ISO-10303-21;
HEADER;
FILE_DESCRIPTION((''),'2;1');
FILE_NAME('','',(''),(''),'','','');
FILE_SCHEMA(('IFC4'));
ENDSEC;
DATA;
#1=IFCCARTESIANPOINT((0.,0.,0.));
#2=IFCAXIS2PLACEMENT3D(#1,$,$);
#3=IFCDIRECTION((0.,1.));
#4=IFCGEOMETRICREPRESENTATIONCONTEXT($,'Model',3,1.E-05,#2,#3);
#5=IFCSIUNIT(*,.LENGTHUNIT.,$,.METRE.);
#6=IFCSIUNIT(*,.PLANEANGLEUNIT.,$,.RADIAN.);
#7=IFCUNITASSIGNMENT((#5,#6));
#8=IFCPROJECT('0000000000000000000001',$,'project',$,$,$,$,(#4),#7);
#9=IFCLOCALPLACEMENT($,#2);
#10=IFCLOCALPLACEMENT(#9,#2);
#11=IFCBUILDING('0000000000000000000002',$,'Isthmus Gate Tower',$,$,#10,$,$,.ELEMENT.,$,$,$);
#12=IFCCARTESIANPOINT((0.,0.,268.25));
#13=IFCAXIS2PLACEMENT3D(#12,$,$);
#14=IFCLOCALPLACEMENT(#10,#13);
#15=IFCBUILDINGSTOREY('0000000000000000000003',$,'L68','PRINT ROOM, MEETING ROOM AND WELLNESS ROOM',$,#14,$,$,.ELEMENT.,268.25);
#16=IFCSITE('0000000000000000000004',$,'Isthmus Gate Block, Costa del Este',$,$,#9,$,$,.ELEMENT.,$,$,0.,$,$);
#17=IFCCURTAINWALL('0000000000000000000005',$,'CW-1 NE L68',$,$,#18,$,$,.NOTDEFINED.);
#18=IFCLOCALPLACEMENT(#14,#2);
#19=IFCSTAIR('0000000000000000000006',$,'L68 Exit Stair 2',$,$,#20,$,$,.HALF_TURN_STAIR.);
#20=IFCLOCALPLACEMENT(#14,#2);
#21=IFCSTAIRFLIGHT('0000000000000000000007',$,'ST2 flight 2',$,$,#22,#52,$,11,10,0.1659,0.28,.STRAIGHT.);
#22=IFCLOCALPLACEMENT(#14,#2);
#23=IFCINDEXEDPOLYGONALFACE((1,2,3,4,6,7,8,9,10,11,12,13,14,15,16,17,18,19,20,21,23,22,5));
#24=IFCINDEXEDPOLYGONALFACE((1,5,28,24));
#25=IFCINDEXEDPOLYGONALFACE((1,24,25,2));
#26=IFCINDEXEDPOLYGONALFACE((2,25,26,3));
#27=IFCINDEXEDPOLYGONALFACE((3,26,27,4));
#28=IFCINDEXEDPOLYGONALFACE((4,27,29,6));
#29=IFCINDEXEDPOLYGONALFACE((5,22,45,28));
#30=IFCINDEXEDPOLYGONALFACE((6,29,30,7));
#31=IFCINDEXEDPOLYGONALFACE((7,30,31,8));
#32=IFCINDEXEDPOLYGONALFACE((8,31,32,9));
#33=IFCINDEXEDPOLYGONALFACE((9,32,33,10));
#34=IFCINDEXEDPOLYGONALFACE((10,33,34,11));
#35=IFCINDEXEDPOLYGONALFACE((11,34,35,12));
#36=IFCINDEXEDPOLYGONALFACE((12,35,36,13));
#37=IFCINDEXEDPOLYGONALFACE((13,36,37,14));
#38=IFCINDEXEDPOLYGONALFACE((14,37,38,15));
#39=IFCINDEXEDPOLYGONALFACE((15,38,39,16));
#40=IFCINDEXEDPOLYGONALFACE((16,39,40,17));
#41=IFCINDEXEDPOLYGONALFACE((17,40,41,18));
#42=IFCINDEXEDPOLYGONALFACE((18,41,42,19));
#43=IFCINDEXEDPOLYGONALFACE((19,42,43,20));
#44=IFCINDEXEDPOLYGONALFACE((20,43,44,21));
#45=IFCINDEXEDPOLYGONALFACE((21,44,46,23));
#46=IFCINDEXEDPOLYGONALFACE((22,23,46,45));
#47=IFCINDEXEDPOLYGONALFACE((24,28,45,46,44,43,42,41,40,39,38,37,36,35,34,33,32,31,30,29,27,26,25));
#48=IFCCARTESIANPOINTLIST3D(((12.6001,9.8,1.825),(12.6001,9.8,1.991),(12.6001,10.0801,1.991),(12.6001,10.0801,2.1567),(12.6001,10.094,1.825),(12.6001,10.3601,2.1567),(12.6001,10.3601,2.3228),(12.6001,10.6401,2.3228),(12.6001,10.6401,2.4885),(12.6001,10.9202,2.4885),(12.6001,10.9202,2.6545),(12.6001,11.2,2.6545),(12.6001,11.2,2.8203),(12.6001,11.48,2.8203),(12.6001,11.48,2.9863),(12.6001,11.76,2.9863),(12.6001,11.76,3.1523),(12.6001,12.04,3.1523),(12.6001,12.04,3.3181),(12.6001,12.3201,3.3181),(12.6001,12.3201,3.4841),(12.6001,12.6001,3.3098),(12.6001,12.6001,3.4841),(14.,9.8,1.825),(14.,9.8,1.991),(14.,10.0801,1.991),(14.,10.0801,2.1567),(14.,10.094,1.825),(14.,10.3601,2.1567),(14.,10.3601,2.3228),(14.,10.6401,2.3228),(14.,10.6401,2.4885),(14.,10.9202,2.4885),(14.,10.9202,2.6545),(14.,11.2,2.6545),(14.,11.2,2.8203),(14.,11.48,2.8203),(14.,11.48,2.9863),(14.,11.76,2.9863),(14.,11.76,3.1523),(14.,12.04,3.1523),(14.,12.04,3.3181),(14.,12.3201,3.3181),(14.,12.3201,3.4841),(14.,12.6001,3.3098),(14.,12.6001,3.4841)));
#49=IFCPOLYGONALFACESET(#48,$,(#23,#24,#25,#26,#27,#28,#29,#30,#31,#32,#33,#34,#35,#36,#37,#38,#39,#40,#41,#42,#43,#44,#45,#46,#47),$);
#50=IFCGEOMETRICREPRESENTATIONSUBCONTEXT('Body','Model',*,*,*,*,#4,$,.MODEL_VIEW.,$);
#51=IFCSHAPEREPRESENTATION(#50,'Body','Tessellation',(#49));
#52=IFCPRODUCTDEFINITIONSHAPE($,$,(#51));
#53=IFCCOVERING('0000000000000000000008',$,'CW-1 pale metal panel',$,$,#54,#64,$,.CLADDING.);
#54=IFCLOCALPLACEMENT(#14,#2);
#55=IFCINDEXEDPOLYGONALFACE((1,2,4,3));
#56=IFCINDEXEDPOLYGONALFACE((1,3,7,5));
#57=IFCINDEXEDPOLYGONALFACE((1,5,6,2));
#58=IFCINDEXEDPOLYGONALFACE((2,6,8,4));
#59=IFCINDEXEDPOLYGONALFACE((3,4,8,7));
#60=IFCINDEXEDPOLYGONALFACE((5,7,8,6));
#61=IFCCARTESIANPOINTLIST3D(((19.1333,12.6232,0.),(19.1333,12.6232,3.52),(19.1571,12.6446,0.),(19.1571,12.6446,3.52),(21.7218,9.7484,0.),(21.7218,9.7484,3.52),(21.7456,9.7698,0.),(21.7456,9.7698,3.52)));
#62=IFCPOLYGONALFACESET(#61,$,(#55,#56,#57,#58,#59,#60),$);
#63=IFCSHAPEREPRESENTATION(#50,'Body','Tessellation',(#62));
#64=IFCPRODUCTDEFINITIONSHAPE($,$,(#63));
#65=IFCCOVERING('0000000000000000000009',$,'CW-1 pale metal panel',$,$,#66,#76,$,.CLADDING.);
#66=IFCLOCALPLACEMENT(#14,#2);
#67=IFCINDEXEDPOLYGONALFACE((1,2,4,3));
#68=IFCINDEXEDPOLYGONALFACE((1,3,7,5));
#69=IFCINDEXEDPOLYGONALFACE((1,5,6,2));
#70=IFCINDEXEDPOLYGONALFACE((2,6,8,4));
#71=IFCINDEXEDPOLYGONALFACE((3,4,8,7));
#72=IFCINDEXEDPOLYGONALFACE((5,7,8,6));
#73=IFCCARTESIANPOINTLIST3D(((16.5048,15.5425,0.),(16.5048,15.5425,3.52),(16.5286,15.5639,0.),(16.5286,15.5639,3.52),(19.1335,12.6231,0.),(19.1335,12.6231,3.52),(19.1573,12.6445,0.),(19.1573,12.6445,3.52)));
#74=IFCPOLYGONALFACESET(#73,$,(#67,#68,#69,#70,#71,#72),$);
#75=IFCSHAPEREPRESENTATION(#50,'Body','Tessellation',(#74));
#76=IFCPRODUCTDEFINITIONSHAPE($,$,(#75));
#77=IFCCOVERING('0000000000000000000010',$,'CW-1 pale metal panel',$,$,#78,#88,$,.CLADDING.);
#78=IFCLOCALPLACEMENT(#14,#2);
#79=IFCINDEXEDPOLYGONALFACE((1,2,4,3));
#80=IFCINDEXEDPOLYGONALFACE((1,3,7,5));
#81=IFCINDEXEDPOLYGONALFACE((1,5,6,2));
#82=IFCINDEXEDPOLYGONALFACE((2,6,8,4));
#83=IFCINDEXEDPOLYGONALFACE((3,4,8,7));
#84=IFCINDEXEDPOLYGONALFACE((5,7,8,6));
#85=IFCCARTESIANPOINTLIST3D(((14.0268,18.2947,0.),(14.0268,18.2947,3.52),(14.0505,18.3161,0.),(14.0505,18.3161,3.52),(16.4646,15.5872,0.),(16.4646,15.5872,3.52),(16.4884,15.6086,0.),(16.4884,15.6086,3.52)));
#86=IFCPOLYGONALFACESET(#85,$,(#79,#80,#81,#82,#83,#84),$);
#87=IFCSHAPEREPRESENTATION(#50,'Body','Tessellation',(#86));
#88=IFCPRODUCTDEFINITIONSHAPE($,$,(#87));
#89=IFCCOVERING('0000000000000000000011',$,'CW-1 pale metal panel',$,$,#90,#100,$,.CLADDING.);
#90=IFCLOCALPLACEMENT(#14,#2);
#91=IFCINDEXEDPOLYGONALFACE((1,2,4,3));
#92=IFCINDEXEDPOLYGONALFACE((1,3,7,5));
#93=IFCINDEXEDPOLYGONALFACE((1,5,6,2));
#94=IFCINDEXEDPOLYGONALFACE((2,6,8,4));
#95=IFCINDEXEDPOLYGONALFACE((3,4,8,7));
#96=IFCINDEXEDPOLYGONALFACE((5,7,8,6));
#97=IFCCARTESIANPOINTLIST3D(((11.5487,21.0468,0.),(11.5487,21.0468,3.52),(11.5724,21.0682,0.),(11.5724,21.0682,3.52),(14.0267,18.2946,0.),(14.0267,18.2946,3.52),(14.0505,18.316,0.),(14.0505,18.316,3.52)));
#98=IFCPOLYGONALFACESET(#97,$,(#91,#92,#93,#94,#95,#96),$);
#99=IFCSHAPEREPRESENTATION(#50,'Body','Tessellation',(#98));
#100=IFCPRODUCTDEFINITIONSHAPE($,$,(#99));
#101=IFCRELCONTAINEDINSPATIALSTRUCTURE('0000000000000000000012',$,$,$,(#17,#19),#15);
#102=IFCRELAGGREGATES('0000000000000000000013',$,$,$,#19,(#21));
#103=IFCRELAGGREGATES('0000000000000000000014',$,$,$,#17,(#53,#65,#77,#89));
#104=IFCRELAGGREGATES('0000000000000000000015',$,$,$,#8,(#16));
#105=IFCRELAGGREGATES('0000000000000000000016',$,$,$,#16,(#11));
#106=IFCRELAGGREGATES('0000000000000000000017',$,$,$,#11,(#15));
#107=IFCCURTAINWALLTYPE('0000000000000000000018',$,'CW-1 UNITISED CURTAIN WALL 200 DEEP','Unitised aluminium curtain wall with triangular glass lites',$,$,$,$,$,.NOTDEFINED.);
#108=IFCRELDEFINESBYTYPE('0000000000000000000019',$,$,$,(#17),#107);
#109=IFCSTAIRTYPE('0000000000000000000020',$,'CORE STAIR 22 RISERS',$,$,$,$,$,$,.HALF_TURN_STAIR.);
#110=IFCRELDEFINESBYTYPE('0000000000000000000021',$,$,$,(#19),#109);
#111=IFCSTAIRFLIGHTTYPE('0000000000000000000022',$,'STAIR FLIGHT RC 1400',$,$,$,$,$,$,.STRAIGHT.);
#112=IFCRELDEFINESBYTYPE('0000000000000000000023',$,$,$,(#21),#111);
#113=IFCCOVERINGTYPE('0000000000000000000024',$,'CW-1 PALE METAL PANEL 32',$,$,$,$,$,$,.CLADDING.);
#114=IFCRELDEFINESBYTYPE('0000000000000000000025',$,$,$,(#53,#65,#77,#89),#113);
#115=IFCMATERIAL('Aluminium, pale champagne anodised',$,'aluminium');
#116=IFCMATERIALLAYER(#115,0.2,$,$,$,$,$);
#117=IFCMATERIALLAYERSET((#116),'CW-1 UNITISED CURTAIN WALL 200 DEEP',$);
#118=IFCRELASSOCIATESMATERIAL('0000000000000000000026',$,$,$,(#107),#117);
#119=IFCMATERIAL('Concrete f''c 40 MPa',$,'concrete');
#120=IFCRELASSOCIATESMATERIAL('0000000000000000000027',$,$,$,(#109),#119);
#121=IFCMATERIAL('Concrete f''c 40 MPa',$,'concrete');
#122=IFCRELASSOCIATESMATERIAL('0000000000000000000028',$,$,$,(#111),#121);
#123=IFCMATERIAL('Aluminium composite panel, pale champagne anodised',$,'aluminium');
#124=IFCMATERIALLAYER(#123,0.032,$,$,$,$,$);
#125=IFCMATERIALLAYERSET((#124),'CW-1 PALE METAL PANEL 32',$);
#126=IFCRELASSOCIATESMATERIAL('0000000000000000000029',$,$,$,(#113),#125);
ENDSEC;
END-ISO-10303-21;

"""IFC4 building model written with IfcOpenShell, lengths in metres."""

from ifc_helpers import new_model, si_unit, direction, frame, origin, origin_2d, place, context, subcontext, project, spatial, polyline, rectangle, outline, extrude, material, layer, layer_set, type_object, element, aggregate, save


model = new_model("IFC4")

# Units and contexts
model_context = context("Model", 3, precision=1e-05, world=origin(), true_north=direction((0.0, 1.0)))
body_context = subcontext(model_context, "Body", "Model", "MODEL_VIEW")
ifc_project = project(units=[si_unit("LENGTHUNIT", "METRE"), si_unit("PLANEANGLEUNIT", "RADIAN")], contexts=[model_context])

# Site, building, storey
site_placement = place(None, origin())
site = spatial("IfcSite", under=ifc_project, at=site_placement, Name="Isthmus Gate Block, Costa del Este", CompositionType="ELEMENT", RefElevation=0.0)
building_placement = place(site_placement, origin())
building = spatial("IfcBuilding", under=site, at=building_placement, Name="Isthmus Gate Tower", CompositionType="ELEMENT")
storey_placement = place(building_placement, frame((0.0, 0.0, 268.25)))
storey = spatial("IfcBuildingStorey", under=building, at=storey_placement, Name="L68", Description="PRINT ROOM, MEETING ROOM AND WELLNESS ROOM", CompositionType="ELEMENT", Elevation=268.25)

# Curtain wall
ifc_material_1 = material(Name="Aluminium, pale champagne anodised", Category="aluminium")
ifc_layer_1 = layer(ifc_material_1, 0.2)
ifc_layer_set_1 = layer_set([ifc_layer_1], Name="CW-1 UNITISED CURTAIN WALL 200 DEEP")
curtain_wall_type = type_object("IfcCurtainWallType", Name="CW-1 UNITISED CURTAIN WALL 200 DEEP", Description="Unitised aluminium curtain wall with triangular glass lites", PredefinedType="NOTDEFINED", material=ifc_layer_set_1)
curtain_wall_placement = place(storey_placement, origin())
curtain_wall = element("IfcCurtainWall", 1, at=curtain_wall_placement, inside=storey, type_object=curtain_wall_type, Name="CW-1 NE L68", PredefinedType="NOTDEFINED")

# Stair, stair flight
ifc_material_2 = material(Name="Concrete f'c 40 MPa", Category="concrete")
stair_type = type_object("IfcStairType", Name="CORE STAIR 22 RISERS", PredefinedType="HALF_TURN_STAIR", material=ifc_material_2)
stair_placement = place(storey_placement, origin())
stair = element("IfcStair", 2, at=stair_placement, inside=storey, type_object=stair_type, Name="L68 Exit Stair 2", PredefinedType="HALF_TURN_STAIR")
ifc_material_3 = material(Name="Concrete f'c 40 MPa", Category="concrete")
stair_flight_type = type_object("IfcStairFlightType", Name="STAIR FLIGHT RC 1400", PredefinedType="STRAIGHT", material=ifc_material_3)
stair_flight_placement = place(storey_placement, frame((13.3, 9.8, 1.825), z_axis=(0.0, 0.0, 1.0), x_axis=(0.0, 1.0, 0.0)))
stair_flight = element("IfcStairFlight", 3, at=stair_flight_placement, type_object=stair_flight_type, Name="ST2 flight 2", NumberOfRisers=11, NumberOfTreads=10, PredefinedType="STRAIGHT", RiserHeight=0.1659, TreadLength=0.28, context=body_context, shape_type="SweptSolid", body=[
    extrude(outline(polyline([(0.0, 0.0), (0.0, 0.166), (0.28, 0.166), (0.28, 0.3318), (0.5601, 0.3318), (0.5601, 0.4978), (0.8401, 0.4978), (0.8401, 0.6636), (1.1201, 0.6636), (1.1201, 0.8296), (1.3999, 0.8296), (1.3999, 0.9954), (1.6799, 0.9954), (1.6799, 1.1614), (1.96, 1.1614), (1.96, 1.3274), (2.24, 1.3274), (2.24, 1.4932), (2.52, 1.4932), (2.52, 1.6592), (2.8, 1.6592), (2.8, 1.825), (2.8, 1.4849), (0.2939, 0.0), (0.0, 0.0)])), frame((0.0, 0.7, 0.0), z_axis=(0.0, -1.0, 0.0), x_axis=(1.0, 0.0, 0.0)), (0.0, 0.0, 1.0), 1.3999),
])
aggregate(stair, [stair_flight])

# Coverings
ifc_material_4 = material(Name="Aluminium composite panel, pale champagne anodised", Category="aluminium")
ifc_layer_2 = layer(ifc_material_4, 0.032)
ifc_layer_set_2 = layer_set([ifc_layer_2], Name="CW-1 PALE METAL PANEL 32")
covering_type = type_object("IfcCoveringType", Name="CW-1 PALE METAL PANEL 32", PredefinedType="CLADDING", material=ifc_layer_set_2)
covering_1_placement = place(storey_placement, frame((20.4395, 11.1965, 0.0), z_axis=(0.0, 0.0, 1.0), x_axis=(-0.669131, 0.743145, 0.0)))
covering_1 = element("IfcCovering", 4, at=covering_1_placement, type_object=covering_type, Name="CW-1 pale metal panel", PredefinedType="CLADDING", context=body_context, shape_type="SweptSolid", body=[
    extrude(rectangle(XDim=3.8684, YDim=0.032, at=origin_2d()), origin(), (0.0, 0.0, 1.0), 3.52),
])
covering_2_placement = place(storey_placement, frame((17.8311, 14.0935, 0.0), z_axis=(0.0, 0.0, 1.0), x_axis=(-0.669131, 0.743145, 0.0)))
covering_2 = element("IfcCovering", 5, at=covering_2_placement, type_object=covering_type, Name="CW-1 pale metal panel", PredefinedType="CLADDING", context=body_context, shape_type="SweptSolid", body=[
    extrude(rectangle(XDim=3.9285, YDim=0.032, at=origin_2d()), origin(), (0.0, 0.0, 1.0), 3.52),
])
covering_3_placement = place(storey_placement, frame((15.2576, 16.9517, 0.0), z_axis=(0.0, 0.0, 1.0), x_axis=(-0.669131, 0.743145, 0.0)))
covering_3 = element("IfcCovering", 6, at=covering_3_placement, type_object=covering_type, Name="CW-1 pale metal panel", PredefinedType="CLADDING", context=body_context, shape_type="SweptSolid", body=[
    extrude(rectangle(XDim=3.6433, YDim=0.032, at=origin_2d()), origin(), (0.0, 0.0, 1.0), 3.52),
])
covering_4_placement = place(storey_placement, frame((12.7996, 19.6814, 0.0), z_axis=(0.0, 0.0, 1.0), x_axis=(-0.669131, 0.743145, 0.0)))
covering_4 = element("IfcCovering", 7, at=covering_4_placement, type_object=covering_type, Name="CW-1 pale metal panel", PredefinedType="CLADDING", context=body_context, shape_type="SweptSolid", body=[
    extrude(rectangle(XDim=3.7034, YDim=0.032, at=origin_2d()), origin(), (0.0, 0.0, 1.0), 3.52),
])
aggregate(curtain_wall, [covering_1, covering_2, covering_3, covering_4])

save(model, "model.ifc")
